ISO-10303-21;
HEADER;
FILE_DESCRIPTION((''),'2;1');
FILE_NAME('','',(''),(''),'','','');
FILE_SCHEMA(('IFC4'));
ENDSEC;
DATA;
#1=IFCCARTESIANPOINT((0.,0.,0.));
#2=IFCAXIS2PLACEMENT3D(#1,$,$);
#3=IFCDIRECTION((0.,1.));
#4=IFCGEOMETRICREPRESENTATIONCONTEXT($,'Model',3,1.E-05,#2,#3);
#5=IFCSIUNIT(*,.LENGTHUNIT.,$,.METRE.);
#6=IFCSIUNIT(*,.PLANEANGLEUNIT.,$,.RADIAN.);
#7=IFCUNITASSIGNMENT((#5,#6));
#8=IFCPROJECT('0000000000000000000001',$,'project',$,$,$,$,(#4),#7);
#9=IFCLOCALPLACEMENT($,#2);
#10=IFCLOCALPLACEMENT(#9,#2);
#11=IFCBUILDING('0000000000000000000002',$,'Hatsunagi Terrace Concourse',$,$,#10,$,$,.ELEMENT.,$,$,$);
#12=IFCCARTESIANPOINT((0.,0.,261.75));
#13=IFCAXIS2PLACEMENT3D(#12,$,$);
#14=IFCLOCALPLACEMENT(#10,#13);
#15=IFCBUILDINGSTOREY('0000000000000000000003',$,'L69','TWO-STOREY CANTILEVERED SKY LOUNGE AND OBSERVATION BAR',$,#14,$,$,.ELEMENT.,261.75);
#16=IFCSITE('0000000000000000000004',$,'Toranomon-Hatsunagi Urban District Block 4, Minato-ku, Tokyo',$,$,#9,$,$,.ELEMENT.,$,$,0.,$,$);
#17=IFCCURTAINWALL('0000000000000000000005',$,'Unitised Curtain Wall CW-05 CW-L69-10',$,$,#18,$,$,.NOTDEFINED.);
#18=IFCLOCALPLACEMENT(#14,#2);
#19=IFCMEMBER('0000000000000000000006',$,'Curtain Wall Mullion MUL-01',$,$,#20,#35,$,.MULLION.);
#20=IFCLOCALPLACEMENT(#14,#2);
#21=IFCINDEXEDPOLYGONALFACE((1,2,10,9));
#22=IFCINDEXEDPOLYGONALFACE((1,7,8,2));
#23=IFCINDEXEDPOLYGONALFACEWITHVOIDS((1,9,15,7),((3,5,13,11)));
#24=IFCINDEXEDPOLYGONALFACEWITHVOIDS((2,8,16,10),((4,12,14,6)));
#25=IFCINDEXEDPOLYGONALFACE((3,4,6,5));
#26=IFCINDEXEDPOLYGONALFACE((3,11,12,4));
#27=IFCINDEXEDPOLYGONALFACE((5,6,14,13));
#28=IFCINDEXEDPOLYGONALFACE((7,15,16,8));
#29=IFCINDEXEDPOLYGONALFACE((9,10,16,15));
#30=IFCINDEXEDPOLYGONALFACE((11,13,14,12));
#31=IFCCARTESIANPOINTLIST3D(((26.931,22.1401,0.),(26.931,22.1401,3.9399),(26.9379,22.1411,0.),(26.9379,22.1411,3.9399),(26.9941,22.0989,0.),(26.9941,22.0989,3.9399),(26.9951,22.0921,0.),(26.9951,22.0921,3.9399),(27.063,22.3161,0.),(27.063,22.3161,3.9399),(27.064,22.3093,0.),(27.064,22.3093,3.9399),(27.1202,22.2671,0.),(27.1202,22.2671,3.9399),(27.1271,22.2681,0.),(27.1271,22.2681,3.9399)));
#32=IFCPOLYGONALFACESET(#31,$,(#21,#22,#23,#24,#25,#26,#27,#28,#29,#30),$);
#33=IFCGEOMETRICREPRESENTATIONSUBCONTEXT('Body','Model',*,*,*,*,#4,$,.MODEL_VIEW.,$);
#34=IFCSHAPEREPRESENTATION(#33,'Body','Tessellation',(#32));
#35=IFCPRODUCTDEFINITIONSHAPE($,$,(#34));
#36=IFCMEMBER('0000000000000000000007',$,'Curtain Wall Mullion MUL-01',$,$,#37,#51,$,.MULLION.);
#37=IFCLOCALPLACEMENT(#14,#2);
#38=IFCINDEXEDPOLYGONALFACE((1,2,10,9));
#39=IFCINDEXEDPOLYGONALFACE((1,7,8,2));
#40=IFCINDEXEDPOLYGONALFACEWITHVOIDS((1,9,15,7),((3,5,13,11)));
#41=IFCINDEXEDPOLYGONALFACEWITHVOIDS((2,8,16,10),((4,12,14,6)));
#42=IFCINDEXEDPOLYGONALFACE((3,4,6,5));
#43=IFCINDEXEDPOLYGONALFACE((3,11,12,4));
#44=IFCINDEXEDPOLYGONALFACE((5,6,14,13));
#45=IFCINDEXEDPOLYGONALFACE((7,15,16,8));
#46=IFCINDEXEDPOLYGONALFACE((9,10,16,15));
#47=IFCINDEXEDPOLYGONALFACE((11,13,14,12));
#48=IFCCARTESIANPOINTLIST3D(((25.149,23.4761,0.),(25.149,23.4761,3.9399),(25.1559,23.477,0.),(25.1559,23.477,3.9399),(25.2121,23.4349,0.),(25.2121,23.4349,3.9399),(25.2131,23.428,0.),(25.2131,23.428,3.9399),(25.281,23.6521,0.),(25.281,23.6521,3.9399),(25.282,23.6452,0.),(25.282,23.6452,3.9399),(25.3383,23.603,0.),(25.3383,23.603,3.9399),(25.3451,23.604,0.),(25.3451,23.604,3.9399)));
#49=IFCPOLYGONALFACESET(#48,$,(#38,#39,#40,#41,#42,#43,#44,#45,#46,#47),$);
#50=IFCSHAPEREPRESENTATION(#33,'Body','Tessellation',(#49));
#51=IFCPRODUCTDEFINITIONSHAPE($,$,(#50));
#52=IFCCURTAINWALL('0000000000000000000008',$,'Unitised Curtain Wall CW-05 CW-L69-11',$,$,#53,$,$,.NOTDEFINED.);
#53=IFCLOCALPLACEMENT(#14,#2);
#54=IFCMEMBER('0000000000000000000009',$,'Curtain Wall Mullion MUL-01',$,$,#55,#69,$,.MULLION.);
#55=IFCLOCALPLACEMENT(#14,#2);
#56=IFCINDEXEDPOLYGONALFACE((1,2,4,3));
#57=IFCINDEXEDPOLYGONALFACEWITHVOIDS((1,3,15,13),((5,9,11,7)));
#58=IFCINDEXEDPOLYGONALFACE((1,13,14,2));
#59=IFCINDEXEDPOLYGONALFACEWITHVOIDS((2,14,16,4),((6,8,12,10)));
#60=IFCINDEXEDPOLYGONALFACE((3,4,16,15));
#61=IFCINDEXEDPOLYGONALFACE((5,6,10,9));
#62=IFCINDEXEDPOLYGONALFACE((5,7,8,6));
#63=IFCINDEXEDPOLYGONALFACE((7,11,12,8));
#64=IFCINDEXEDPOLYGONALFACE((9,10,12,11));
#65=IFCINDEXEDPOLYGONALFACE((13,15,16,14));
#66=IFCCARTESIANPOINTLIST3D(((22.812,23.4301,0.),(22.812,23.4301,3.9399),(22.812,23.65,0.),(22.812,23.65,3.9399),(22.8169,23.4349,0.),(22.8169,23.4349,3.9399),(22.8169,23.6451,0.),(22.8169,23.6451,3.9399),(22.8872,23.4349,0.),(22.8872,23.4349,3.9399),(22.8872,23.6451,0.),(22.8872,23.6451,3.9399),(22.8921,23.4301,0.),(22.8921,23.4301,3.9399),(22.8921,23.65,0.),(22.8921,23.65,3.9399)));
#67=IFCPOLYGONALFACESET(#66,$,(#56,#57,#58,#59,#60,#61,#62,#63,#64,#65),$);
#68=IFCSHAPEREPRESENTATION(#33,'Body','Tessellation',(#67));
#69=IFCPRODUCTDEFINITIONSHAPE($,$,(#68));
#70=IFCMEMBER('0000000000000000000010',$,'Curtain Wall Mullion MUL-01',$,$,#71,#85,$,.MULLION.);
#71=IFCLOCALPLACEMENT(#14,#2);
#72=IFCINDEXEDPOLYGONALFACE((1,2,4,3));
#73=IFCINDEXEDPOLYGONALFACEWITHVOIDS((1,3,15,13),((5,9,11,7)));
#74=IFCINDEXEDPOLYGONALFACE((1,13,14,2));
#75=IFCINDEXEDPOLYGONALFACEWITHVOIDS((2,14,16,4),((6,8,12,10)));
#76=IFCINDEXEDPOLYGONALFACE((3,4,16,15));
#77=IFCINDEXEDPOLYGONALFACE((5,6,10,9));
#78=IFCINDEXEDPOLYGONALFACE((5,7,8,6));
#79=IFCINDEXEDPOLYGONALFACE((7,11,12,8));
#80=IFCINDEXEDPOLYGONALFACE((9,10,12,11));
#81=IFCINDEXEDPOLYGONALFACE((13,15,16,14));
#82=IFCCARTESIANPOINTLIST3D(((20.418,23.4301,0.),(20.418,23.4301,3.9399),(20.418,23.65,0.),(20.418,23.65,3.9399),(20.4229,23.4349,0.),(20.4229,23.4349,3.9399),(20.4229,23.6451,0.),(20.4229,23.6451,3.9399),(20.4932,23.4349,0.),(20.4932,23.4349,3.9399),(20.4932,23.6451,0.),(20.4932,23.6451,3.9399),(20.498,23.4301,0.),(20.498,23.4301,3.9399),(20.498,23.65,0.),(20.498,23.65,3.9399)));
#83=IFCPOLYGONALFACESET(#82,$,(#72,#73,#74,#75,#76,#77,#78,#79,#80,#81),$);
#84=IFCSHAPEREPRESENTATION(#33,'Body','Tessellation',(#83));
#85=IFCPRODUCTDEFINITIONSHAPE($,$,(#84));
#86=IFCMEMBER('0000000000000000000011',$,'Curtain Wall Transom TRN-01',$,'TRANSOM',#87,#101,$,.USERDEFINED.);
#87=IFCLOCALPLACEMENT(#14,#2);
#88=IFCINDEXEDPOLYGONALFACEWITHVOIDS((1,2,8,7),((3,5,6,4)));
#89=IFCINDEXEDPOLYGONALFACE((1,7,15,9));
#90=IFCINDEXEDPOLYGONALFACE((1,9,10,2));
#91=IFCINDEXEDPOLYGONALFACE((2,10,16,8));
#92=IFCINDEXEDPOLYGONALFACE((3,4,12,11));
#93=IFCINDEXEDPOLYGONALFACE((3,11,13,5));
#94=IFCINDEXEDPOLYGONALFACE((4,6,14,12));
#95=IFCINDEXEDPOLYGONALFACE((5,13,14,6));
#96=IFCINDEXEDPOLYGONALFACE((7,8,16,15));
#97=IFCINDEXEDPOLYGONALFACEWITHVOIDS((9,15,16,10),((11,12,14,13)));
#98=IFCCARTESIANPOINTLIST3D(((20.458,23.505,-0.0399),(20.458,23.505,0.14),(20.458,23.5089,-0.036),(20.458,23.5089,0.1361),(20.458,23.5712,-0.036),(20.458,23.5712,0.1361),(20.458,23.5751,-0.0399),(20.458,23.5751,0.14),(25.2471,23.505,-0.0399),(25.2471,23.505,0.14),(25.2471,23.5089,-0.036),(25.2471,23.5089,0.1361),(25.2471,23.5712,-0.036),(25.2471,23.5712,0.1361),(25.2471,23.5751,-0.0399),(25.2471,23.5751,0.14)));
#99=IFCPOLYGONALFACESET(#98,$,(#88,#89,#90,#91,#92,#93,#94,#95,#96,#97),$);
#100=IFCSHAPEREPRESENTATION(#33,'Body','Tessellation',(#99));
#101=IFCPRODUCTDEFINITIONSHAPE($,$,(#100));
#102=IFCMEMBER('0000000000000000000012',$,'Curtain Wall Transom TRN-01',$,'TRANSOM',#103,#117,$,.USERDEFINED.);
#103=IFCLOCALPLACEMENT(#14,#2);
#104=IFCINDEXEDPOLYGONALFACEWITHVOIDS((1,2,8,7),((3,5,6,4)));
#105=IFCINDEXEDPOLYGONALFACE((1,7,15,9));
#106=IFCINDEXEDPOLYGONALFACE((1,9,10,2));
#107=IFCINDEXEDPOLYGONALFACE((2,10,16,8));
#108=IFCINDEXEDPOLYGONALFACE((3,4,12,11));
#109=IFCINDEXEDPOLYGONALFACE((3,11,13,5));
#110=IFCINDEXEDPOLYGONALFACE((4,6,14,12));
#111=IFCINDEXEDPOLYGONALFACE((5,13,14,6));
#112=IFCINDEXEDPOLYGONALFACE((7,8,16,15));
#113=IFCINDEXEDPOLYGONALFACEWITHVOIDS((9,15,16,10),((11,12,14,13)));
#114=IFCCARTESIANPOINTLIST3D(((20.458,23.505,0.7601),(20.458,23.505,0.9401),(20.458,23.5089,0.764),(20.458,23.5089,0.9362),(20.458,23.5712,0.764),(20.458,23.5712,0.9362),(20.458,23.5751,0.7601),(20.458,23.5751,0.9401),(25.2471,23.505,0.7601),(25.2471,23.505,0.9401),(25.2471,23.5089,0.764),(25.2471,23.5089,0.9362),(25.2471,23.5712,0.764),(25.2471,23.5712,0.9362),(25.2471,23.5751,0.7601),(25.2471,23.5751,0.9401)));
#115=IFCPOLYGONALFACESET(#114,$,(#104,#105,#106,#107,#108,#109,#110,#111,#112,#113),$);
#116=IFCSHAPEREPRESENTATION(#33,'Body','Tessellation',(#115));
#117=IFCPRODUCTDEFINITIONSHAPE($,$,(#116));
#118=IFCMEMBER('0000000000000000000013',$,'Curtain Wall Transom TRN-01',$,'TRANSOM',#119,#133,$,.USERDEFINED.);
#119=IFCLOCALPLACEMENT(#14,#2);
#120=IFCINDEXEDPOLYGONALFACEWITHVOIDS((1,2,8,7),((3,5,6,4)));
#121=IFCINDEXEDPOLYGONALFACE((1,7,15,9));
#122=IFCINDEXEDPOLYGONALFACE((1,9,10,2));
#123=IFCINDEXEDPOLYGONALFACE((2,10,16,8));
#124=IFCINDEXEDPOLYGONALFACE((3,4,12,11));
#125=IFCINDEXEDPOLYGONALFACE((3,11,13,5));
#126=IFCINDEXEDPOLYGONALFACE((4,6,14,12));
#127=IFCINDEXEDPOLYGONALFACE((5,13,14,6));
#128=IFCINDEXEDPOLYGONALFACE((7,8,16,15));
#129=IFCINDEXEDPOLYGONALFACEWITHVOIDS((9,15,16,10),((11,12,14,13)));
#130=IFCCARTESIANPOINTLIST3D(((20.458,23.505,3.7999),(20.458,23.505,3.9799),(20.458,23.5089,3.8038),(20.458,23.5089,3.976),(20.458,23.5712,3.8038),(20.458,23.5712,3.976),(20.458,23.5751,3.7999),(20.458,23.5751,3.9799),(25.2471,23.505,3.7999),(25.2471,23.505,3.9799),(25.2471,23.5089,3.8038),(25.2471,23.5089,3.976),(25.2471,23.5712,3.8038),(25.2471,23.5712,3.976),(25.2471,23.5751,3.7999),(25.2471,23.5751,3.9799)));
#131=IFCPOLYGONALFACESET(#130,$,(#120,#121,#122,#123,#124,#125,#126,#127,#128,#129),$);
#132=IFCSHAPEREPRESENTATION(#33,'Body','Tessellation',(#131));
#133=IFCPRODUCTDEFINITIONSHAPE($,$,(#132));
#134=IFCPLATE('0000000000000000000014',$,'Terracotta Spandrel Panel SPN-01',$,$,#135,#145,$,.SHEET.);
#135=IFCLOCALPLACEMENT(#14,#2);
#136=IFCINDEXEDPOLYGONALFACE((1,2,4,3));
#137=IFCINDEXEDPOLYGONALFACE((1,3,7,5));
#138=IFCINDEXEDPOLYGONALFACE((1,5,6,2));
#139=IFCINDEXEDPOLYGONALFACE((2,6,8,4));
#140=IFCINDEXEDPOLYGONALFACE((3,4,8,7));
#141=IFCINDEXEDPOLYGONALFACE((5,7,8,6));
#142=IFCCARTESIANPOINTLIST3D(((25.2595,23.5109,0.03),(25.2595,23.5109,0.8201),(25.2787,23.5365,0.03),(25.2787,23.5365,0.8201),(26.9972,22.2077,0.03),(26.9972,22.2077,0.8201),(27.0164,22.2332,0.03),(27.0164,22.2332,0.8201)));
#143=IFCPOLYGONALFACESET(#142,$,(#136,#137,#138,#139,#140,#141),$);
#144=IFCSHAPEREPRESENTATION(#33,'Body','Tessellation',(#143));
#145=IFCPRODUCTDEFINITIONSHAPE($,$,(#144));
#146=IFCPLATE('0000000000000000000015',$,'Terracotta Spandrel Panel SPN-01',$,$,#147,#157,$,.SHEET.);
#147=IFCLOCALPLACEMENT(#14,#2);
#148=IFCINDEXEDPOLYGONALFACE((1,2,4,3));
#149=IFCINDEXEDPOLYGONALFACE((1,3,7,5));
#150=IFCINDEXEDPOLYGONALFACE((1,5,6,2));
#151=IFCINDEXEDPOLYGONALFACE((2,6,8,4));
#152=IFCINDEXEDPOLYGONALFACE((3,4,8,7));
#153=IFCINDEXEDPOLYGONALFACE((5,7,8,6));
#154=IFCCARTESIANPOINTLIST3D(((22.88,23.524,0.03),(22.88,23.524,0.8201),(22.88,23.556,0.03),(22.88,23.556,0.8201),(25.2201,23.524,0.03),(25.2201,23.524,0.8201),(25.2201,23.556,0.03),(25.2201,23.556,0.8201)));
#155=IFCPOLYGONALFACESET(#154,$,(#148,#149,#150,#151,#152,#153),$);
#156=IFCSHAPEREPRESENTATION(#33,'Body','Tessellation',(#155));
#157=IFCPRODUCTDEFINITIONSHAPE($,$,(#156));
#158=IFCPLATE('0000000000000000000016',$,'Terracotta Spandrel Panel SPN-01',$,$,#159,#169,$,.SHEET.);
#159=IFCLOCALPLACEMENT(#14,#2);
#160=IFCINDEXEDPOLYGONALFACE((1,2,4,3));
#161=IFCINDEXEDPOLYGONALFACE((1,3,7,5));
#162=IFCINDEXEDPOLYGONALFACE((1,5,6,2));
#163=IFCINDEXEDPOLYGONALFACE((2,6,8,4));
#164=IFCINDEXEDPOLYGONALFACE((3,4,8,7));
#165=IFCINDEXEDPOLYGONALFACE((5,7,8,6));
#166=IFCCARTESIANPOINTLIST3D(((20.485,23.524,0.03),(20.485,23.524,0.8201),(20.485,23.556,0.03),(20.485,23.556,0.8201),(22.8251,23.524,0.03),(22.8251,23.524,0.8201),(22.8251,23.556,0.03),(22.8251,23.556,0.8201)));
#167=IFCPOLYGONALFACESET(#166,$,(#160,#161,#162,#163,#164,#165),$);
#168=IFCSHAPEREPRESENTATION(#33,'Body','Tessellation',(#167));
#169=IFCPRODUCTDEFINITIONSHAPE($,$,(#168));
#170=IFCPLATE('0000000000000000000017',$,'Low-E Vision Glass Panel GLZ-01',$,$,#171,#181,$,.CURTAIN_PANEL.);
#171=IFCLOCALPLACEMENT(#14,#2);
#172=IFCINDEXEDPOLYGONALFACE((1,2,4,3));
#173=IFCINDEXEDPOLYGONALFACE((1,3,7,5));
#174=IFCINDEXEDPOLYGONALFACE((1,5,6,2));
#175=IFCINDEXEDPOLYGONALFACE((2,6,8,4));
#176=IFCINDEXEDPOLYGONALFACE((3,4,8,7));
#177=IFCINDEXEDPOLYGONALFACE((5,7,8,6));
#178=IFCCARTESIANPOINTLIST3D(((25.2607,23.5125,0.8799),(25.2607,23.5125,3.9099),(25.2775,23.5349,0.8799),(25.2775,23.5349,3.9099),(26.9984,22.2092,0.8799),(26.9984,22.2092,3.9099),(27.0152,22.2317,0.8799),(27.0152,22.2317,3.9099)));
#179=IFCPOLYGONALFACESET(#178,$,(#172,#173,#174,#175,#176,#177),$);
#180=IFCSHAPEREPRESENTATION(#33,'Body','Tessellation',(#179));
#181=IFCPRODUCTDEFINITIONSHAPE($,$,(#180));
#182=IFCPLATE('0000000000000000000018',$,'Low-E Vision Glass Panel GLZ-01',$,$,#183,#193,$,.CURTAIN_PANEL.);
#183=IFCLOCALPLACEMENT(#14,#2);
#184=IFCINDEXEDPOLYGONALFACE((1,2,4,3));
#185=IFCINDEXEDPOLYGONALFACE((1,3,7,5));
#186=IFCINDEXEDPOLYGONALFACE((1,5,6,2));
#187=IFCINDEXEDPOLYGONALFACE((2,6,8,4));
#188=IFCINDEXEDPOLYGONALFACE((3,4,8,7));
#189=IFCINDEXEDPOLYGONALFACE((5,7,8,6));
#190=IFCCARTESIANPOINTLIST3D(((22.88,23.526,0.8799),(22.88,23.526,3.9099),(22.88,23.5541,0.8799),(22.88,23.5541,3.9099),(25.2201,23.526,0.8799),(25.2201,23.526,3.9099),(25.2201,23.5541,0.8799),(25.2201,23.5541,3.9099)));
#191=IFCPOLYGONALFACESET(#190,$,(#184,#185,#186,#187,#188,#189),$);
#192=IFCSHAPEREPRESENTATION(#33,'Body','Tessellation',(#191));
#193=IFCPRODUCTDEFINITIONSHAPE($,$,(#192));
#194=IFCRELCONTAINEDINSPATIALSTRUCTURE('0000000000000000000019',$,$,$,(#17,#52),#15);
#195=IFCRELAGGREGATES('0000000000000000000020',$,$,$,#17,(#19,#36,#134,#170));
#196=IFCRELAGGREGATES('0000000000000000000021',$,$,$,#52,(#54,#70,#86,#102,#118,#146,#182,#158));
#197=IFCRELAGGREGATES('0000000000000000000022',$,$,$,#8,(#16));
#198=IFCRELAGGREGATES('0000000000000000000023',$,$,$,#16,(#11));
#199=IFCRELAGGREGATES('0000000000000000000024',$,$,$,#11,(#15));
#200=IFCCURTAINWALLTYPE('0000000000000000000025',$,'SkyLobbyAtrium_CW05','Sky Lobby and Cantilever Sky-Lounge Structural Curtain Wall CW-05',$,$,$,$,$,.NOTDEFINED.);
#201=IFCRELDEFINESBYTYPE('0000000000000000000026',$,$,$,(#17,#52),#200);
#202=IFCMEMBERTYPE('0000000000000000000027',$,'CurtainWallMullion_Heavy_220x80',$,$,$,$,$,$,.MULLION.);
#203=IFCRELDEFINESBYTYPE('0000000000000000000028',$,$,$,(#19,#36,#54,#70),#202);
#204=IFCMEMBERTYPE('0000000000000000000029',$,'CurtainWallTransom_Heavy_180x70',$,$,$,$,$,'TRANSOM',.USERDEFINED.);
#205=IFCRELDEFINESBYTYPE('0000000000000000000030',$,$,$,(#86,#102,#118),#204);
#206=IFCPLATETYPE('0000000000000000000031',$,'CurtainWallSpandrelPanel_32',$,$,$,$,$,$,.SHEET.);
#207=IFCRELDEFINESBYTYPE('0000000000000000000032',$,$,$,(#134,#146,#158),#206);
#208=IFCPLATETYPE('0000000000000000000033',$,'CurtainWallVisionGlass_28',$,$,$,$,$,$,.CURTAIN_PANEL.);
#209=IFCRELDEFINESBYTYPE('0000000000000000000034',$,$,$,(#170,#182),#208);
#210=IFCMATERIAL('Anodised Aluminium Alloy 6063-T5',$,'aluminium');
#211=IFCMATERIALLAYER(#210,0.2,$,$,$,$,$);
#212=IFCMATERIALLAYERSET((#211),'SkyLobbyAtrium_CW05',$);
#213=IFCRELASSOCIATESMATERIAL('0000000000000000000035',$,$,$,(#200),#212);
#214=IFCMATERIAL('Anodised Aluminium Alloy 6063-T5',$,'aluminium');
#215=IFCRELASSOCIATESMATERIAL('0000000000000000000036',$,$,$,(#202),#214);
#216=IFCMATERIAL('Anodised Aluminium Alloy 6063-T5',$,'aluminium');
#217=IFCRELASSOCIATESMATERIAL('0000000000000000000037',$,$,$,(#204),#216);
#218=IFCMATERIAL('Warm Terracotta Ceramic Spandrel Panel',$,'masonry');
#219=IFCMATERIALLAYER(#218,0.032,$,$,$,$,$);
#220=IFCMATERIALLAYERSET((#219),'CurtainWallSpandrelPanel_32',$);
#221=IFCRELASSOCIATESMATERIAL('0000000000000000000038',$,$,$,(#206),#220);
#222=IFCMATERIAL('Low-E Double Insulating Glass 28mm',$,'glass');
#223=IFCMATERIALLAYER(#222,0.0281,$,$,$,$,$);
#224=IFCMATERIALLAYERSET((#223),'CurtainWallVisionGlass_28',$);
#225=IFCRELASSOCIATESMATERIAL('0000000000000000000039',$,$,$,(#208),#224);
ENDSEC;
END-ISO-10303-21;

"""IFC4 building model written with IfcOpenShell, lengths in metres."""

from ifc_helpers import new_model, si_unit, direction, frame, origin, origin_2d, place, context, subcontext, project, spatial, rectangle, hollow_rectangle, extrude, material, layer, layer_set, material_profile, profile_set, type_object, element, aggregate, save


model = new_model("IFC4")

# Units and contexts
model_context = context("Model", 3, precision=1e-05, world=origin(), true_north=direction((0.0, 1.0)))
body_context = subcontext(model_context, "Body", "Model", "MODEL_VIEW")
ifc_project = project(units=[si_unit("LENGTHUNIT", "METRE"), si_unit("PLANEANGLEUNIT", "RADIAN")], contexts=[model_context])

# Site, building, storey
site_placement = place(None, origin())
site = spatial("IfcSite", under=ifc_project, at=site_placement, Name="Toranomon-Hatsunagi Urban District Block 4, Minato-ku, Tokyo", CompositionType="ELEMENT", RefElevation=0.0)
building_placement = place(site_placement, origin())
building = spatial("IfcBuilding", under=site, at=building_placement, Name="Hatsunagi Terrace Concourse", CompositionType="ELEMENT")
storey_placement = place(building_placement, frame((0.0, 0.0, 261.75)))
storey = spatial("IfcBuildingStorey", under=building, at=storey_placement, Name="L69", Description="TWO-STOREY CANTILEVERED SKY LOUNGE AND OBSERVATION BAR", CompositionType="ELEMENT", Elevation=261.75)

# Curtain walls, members
ifc_material_1 = material(Name="Anodised Aluminium Alloy 6063-T5", Category="aluminium")
ifc_layer_1 = layer(ifc_material_1, 0.2)
ifc_layer_set_1 = layer_set([ifc_layer_1], Name="SkyLobbyAtrium_CW05")
curtain_wall_type = type_object("IfcCurtainWallType", Name="SkyLobbyAtrium_CW05", Description="Sky Lobby and Cantilever Sky-Lounge Structural Curtain Wall CW-05", PredefinedType="NOTDEFINED", material=ifc_layer_set_1)
curtain_wall_1_placement = place(storey_placement, origin())
curtain_wall_1 = element("IfcCurtainWall", 1, at=curtain_wall_1_placement, inside=storey, type_object=curtain_wall_type, Name="Unitised Curtain Wall CW-05 CW-L69-10", PredefinedType="NOTDEFINED")
ifc_material_2 = material(Name="Anodised Aluminium Alloy 6063-T5", Category="aluminium")
ifc_material_profile_1 = material_profile(ifc_material_2, hollow_rectangle(XDim=0.0801, YDim=0.22, WallThickness=0.0049, at=origin_2d()), Name="ALU-MUL-220x80x5")
ifc_profile_set_1 = profile_set([ifc_material_profile_1], Name="Anodised Aluminium Alloy 6063-T5")
member_type_1 = type_object("IfcMemberType", Name="CurtainWallMullion_Heavy_220x80", PredefinedType="MULLION", material=ifc_profile_set_1)
member_1_placement = place(storey_placement, frame((27.0291, 22.2041, 0.0), z_axis=(0.0, 0.0, 1.0), x_axis=(-0.800007, 0.59999, 0.0)))
member_1 = element("IfcMember", 2, at=member_1_placement, type_object=member_type_1, Name="Curtain Wall Mullion MUL-01", PredefinedType="MULLION", context=body_context, shape_type="SweptSolid", body=[
    extrude(hollow_rectangle(XDim=0.0801, YDim=0.22, WallThickness=0.0049, at=origin_2d()), origin(), (0.0, 0.0, 1.0), 3.9399),
])
member_2_placement = place(storey_placement, frame((25.2471, 23.54, 0.0), z_axis=(0.0, 0.0, 1.0), x_axis=(-0.800007, 0.59999, 0.0)))
member_2 = element("IfcMember", 3, at=member_2_placement, type_object=member_type_1, Name="Curtain Wall Mullion MUL-01", PredefinedType="MULLION", context=body_context, shape_type="SweptSolid", body=[
    extrude(hollow_rectangle(XDim=0.0801, YDim=0.22, WallThickness=0.0049, at=origin_2d()), origin(), (0.0, 0.0, 1.0), 3.9399),
])
curtain_wall_2_placement = place(storey_placement, origin())
curtain_wall_2 = element("IfcCurtainWall", 4, at=curtain_wall_2_placement, inside=storey, type_object=curtain_wall_type, Name="Unitised Curtain Wall CW-05 CW-L69-11", PredefinedType="NOTDEFINED")
member_3_placement = place(storey_placement, frame((22.8521, 23.54, 0.0), z_axis=(0.0, 0.0, 1.0), x_axis=(-1.0, 0.0, 0.0)))
member_3 = element("IfcMember", 5, at=member_3_placement, type_object=member_type_1, Name="Curtain Wall Mullion MUL-01", PredefinedType="MULLION", context=body_context, shape_type="SweptSolid", body=[
    extrude(hollow_rectangle(XDim=0.0801, YDim=0.22, WallThickness=0.0049, at=origin_2d()), origin(), (0.0, 0.0, 1.0), 3.9399),
])
member_4_placement = place(storey_placement, frame((20.458, 23.54, 0.0), z_axis=(0.0, 0.0, 1.0), x_axis=(-1.0, 0.0, 0.0)))
member_4 = element("IfcMember", 6, at=member_4_placement, type_object=member_type_1, Name="Curtain Wall Mullion MUL-01", PredefinedType="MULLION", context=body_context, shape_type="SweptSolid", body=[
    extrude(hollow_rectangle(XDim=0.0801, YDim=0.22, WallThickness=0.0049, at=origin_2d()), origin(), (0.0, 0.0, 1.0), 3.9399),
])
ifc_material_3 = material(Name="Anodised Aluminium Alloy 6063-T5", Category="aluminium")
ifc_material_profile_2 = material_profile(ifc_material_3, hollow_rectangle(XDim=0.0701, YDim=0.1799, WallThickness=0.0039, at=origin_2d()), Name="ALU-TRN-180x70x4")
ifc_profile_set_2 = profile_set([ifc_material_profile_2], Name="Anodised Aluminium Alloy 6063-T5")
member_type_2 = type_object("IfcMemberType", Name="CurtainWallTransom_Heavy_180x70", ElementType="TRANSOM", PredefinedType="USERDEFINED", material=ifc_profile_set_2)
member_5_placement = place(storey_placement, frame((25.2471, 23.54, 0.05), z_axis=(-1.0, 0.0, 0.0), x_axis=(0.0, -1.0, 0.0)))
member_5 = element("IfcMember", 7, at=member_5_placement, type_object=member_type_2, Name="Curtain Wall Transom TRN-01", ObjectType="TRANSOM", PredefinedType="USERDEFINED", context=body_context, shape_type="SweptSolid", body=[
    extrude(hollow_rectangle(XDim=0.0701, YDim=0.1799, WallThickness=0.0039, at=origin_2d()), origin(), (0.0, 0.0, 1.0), 4.7891),
])
member_6_placement = place(storey_placement, frame((25.2471, 23.54, 0.8501), z_axis=(-1.0, 0.0, 0.0), x_axis=(0.0, -1.0, 0.0)))
member_6 = element("IfcMember", 8, at=member_6_placement, type_object=member_type_2, Name="Curtain Wall Transom TRN-01", ObjectType="TRANSOM", PredefinedType="USERDEFINED", context=body_context, shape_type="SweptSolid", body=[
    extrude(hollow_rectangle(XDim=0.0701, YDim=0.1799, WallThickness=0.0039, at=origin_2d()), origin(), (0.0, 0.0, 1.0), 4.7891),
])
member_7_placement = place(storey_placement, frame((25.2471, 23.54, 3.8899), z_axis=(-1.0, 0.0, 0.0), x_axis=(0.0, -1.0, 0.0)))
member_7 = element("IfcMember", 9, at=member_7_placement, type_object=member_type_2, Name="Curtain Wall Transom TRN-01", ObjectType="TRANSOM", PredefinedType="USERDEFINED", context=body_context, shape_type="SweptSolid", body=[
    extrude(hollow_rectangle(XDim=0.0701, YDim=0.1799, WallThickness=0.0039, at=origin_2d()), origin(), (0.0, 0.0, 1.0), 4.7891),
])

# Plates
ifc_material_4 = material(Name="Warm Terracotta Ceramic Spandrel Panel", Category="masonry")
ifc_layer_2 = layer(ifc_material_4, 0.032)
ifc_layer_set_2 = layer_set([ifc_layer_2], Name="CurtainWallSpandrelPanel_32")
plate_type_1 = type_object("IfcPlateType", Name="CurtainWallSpandrelPanel_32", PredefinedType="SHEET", material=ifc_layer_set_2)
plate_1_placement = place(storey_placement, frame((26.1379, 22.8721, 0.03), z_axis=(0.0, 0.0, 1.0), x_axis=(-0.800007, 0.59999, 0.0)))
plate_1 = element("IfcPlate", 10, at=plate_1_placement, type_object=plate_type_1, Name="Terracotta Spandrel Panel SPN-01", PredefinedType="SHEET", context=body_context, shape_type="SweptSolid", body=[
    extrude(rectangle(XDim=2.1721, YDim=0.032, at=origin_2d()), origin(), (0.0, 0.0, 1.0), 0.79),
])
plate_2_placement = place(storey_placement, frame((24.05, 23.54, 0.03), z_axis=(0.0, 0.0, 1.0), x_axis=(-1.0, 0.0, 0.0)))
plate_2 = element("IfcPlate", 11, at=plate_2_placement, type_object=plate_type_1, Name="Terracotta Spandrel Panel SPN-01", PredefinedType="SHEET", context=body_context, shape_type="SweptSolid", body=[
    extrude(rectangle(XDim=2.3401, YDim=0.032, at=origin_2d()), origin(), (0.0, 0.0, 1.0), 0.79),
])
plate_3_placement = place(storey_placement, frame((21.655, 23.54, 0.03), z_axis=(0.0, 0.0, 1.0), x_axis=(-1.0, 0.0, 0.0)))
plate_3 = element("IfcPlate", 12, at=plate_3_placement, type_object=plate_type_1, Name="Terracotta Spandrel Panel SPN-01", PredefinedType="SHEET", context=body_context, shape_type="SweptSolid", body=[
    extrude(rectangle(XDim=2.3401, YDim=0.032, at=origin_2d()), origin(), (0.0, 0.0, 1.0), 0.79),
])
ifc_material_5 = material(Name="Low-E Double Insulating Glass 28mm", Category="glass")
ifc_layer_3 = layer(ifc_material_5, 0.0281)
ifc_layer_set_3 = layer_set([ifc_layer_3], Name="CurtainWallVisionGlass_28")
plate_type_2 = type_object("IfcPlateType", Name="CurtainWallVisionGlass_28", PredefinedType="CURTAIN_PANEL", material=ifc_layer_set_3)
plate_4_placement = place(storey_placement, frame((26.1379, 22.8721, 0.8799), z_axis=(0.0, 0.0, 1.0), x_axis=(-0.800007, 0.59999, 0.0)))
plate_4 = element("IfcPlate", 13, at=plate_4_placement, type_object=plate_type_2, Name="Low-E Vision Glass Panel GLZ-01", PredefinedType="CURTAIN_PANEL", context=body_context, shape_type="SweptSolid", body=[
    extrude(rectangle(XDim=2.1721, YDim=0.0281, at=origin_2d()), origin(), (0.0, 0.0, 1.0), 3.03),
])
aggregate(curtain_wall_1, [member_1, member_2, plate_1, plate_4])
plate_5_placement = place(storey_placement, frame((24.05, 23.54, 0.8799), z_axis=(0.0, 0.0, 1.0), x_axis=(-1.0, 0.0, 0.0)))
plate_5 = element("IfcPlate", 14, at=plate_5_placement, type_object=plate_type_2, Name="Low-E Vision Glass Panel GLZ-01", PredefinedType="CURTAIN_PANEL", context=body_context, shape_type="SweptSolid", body=[
    extrude(rectangle(XDim=2.3401, YDim=0.0281, at=origin_2d()), origin(), (0.0, 0.0, 1.0), 3.03),
])
aggregate(curtain_wall_2, [member_3, member_4, member_5, member_6, member_7, plate_2, plate_5, plate_3])

save(model, "model.ifc")
